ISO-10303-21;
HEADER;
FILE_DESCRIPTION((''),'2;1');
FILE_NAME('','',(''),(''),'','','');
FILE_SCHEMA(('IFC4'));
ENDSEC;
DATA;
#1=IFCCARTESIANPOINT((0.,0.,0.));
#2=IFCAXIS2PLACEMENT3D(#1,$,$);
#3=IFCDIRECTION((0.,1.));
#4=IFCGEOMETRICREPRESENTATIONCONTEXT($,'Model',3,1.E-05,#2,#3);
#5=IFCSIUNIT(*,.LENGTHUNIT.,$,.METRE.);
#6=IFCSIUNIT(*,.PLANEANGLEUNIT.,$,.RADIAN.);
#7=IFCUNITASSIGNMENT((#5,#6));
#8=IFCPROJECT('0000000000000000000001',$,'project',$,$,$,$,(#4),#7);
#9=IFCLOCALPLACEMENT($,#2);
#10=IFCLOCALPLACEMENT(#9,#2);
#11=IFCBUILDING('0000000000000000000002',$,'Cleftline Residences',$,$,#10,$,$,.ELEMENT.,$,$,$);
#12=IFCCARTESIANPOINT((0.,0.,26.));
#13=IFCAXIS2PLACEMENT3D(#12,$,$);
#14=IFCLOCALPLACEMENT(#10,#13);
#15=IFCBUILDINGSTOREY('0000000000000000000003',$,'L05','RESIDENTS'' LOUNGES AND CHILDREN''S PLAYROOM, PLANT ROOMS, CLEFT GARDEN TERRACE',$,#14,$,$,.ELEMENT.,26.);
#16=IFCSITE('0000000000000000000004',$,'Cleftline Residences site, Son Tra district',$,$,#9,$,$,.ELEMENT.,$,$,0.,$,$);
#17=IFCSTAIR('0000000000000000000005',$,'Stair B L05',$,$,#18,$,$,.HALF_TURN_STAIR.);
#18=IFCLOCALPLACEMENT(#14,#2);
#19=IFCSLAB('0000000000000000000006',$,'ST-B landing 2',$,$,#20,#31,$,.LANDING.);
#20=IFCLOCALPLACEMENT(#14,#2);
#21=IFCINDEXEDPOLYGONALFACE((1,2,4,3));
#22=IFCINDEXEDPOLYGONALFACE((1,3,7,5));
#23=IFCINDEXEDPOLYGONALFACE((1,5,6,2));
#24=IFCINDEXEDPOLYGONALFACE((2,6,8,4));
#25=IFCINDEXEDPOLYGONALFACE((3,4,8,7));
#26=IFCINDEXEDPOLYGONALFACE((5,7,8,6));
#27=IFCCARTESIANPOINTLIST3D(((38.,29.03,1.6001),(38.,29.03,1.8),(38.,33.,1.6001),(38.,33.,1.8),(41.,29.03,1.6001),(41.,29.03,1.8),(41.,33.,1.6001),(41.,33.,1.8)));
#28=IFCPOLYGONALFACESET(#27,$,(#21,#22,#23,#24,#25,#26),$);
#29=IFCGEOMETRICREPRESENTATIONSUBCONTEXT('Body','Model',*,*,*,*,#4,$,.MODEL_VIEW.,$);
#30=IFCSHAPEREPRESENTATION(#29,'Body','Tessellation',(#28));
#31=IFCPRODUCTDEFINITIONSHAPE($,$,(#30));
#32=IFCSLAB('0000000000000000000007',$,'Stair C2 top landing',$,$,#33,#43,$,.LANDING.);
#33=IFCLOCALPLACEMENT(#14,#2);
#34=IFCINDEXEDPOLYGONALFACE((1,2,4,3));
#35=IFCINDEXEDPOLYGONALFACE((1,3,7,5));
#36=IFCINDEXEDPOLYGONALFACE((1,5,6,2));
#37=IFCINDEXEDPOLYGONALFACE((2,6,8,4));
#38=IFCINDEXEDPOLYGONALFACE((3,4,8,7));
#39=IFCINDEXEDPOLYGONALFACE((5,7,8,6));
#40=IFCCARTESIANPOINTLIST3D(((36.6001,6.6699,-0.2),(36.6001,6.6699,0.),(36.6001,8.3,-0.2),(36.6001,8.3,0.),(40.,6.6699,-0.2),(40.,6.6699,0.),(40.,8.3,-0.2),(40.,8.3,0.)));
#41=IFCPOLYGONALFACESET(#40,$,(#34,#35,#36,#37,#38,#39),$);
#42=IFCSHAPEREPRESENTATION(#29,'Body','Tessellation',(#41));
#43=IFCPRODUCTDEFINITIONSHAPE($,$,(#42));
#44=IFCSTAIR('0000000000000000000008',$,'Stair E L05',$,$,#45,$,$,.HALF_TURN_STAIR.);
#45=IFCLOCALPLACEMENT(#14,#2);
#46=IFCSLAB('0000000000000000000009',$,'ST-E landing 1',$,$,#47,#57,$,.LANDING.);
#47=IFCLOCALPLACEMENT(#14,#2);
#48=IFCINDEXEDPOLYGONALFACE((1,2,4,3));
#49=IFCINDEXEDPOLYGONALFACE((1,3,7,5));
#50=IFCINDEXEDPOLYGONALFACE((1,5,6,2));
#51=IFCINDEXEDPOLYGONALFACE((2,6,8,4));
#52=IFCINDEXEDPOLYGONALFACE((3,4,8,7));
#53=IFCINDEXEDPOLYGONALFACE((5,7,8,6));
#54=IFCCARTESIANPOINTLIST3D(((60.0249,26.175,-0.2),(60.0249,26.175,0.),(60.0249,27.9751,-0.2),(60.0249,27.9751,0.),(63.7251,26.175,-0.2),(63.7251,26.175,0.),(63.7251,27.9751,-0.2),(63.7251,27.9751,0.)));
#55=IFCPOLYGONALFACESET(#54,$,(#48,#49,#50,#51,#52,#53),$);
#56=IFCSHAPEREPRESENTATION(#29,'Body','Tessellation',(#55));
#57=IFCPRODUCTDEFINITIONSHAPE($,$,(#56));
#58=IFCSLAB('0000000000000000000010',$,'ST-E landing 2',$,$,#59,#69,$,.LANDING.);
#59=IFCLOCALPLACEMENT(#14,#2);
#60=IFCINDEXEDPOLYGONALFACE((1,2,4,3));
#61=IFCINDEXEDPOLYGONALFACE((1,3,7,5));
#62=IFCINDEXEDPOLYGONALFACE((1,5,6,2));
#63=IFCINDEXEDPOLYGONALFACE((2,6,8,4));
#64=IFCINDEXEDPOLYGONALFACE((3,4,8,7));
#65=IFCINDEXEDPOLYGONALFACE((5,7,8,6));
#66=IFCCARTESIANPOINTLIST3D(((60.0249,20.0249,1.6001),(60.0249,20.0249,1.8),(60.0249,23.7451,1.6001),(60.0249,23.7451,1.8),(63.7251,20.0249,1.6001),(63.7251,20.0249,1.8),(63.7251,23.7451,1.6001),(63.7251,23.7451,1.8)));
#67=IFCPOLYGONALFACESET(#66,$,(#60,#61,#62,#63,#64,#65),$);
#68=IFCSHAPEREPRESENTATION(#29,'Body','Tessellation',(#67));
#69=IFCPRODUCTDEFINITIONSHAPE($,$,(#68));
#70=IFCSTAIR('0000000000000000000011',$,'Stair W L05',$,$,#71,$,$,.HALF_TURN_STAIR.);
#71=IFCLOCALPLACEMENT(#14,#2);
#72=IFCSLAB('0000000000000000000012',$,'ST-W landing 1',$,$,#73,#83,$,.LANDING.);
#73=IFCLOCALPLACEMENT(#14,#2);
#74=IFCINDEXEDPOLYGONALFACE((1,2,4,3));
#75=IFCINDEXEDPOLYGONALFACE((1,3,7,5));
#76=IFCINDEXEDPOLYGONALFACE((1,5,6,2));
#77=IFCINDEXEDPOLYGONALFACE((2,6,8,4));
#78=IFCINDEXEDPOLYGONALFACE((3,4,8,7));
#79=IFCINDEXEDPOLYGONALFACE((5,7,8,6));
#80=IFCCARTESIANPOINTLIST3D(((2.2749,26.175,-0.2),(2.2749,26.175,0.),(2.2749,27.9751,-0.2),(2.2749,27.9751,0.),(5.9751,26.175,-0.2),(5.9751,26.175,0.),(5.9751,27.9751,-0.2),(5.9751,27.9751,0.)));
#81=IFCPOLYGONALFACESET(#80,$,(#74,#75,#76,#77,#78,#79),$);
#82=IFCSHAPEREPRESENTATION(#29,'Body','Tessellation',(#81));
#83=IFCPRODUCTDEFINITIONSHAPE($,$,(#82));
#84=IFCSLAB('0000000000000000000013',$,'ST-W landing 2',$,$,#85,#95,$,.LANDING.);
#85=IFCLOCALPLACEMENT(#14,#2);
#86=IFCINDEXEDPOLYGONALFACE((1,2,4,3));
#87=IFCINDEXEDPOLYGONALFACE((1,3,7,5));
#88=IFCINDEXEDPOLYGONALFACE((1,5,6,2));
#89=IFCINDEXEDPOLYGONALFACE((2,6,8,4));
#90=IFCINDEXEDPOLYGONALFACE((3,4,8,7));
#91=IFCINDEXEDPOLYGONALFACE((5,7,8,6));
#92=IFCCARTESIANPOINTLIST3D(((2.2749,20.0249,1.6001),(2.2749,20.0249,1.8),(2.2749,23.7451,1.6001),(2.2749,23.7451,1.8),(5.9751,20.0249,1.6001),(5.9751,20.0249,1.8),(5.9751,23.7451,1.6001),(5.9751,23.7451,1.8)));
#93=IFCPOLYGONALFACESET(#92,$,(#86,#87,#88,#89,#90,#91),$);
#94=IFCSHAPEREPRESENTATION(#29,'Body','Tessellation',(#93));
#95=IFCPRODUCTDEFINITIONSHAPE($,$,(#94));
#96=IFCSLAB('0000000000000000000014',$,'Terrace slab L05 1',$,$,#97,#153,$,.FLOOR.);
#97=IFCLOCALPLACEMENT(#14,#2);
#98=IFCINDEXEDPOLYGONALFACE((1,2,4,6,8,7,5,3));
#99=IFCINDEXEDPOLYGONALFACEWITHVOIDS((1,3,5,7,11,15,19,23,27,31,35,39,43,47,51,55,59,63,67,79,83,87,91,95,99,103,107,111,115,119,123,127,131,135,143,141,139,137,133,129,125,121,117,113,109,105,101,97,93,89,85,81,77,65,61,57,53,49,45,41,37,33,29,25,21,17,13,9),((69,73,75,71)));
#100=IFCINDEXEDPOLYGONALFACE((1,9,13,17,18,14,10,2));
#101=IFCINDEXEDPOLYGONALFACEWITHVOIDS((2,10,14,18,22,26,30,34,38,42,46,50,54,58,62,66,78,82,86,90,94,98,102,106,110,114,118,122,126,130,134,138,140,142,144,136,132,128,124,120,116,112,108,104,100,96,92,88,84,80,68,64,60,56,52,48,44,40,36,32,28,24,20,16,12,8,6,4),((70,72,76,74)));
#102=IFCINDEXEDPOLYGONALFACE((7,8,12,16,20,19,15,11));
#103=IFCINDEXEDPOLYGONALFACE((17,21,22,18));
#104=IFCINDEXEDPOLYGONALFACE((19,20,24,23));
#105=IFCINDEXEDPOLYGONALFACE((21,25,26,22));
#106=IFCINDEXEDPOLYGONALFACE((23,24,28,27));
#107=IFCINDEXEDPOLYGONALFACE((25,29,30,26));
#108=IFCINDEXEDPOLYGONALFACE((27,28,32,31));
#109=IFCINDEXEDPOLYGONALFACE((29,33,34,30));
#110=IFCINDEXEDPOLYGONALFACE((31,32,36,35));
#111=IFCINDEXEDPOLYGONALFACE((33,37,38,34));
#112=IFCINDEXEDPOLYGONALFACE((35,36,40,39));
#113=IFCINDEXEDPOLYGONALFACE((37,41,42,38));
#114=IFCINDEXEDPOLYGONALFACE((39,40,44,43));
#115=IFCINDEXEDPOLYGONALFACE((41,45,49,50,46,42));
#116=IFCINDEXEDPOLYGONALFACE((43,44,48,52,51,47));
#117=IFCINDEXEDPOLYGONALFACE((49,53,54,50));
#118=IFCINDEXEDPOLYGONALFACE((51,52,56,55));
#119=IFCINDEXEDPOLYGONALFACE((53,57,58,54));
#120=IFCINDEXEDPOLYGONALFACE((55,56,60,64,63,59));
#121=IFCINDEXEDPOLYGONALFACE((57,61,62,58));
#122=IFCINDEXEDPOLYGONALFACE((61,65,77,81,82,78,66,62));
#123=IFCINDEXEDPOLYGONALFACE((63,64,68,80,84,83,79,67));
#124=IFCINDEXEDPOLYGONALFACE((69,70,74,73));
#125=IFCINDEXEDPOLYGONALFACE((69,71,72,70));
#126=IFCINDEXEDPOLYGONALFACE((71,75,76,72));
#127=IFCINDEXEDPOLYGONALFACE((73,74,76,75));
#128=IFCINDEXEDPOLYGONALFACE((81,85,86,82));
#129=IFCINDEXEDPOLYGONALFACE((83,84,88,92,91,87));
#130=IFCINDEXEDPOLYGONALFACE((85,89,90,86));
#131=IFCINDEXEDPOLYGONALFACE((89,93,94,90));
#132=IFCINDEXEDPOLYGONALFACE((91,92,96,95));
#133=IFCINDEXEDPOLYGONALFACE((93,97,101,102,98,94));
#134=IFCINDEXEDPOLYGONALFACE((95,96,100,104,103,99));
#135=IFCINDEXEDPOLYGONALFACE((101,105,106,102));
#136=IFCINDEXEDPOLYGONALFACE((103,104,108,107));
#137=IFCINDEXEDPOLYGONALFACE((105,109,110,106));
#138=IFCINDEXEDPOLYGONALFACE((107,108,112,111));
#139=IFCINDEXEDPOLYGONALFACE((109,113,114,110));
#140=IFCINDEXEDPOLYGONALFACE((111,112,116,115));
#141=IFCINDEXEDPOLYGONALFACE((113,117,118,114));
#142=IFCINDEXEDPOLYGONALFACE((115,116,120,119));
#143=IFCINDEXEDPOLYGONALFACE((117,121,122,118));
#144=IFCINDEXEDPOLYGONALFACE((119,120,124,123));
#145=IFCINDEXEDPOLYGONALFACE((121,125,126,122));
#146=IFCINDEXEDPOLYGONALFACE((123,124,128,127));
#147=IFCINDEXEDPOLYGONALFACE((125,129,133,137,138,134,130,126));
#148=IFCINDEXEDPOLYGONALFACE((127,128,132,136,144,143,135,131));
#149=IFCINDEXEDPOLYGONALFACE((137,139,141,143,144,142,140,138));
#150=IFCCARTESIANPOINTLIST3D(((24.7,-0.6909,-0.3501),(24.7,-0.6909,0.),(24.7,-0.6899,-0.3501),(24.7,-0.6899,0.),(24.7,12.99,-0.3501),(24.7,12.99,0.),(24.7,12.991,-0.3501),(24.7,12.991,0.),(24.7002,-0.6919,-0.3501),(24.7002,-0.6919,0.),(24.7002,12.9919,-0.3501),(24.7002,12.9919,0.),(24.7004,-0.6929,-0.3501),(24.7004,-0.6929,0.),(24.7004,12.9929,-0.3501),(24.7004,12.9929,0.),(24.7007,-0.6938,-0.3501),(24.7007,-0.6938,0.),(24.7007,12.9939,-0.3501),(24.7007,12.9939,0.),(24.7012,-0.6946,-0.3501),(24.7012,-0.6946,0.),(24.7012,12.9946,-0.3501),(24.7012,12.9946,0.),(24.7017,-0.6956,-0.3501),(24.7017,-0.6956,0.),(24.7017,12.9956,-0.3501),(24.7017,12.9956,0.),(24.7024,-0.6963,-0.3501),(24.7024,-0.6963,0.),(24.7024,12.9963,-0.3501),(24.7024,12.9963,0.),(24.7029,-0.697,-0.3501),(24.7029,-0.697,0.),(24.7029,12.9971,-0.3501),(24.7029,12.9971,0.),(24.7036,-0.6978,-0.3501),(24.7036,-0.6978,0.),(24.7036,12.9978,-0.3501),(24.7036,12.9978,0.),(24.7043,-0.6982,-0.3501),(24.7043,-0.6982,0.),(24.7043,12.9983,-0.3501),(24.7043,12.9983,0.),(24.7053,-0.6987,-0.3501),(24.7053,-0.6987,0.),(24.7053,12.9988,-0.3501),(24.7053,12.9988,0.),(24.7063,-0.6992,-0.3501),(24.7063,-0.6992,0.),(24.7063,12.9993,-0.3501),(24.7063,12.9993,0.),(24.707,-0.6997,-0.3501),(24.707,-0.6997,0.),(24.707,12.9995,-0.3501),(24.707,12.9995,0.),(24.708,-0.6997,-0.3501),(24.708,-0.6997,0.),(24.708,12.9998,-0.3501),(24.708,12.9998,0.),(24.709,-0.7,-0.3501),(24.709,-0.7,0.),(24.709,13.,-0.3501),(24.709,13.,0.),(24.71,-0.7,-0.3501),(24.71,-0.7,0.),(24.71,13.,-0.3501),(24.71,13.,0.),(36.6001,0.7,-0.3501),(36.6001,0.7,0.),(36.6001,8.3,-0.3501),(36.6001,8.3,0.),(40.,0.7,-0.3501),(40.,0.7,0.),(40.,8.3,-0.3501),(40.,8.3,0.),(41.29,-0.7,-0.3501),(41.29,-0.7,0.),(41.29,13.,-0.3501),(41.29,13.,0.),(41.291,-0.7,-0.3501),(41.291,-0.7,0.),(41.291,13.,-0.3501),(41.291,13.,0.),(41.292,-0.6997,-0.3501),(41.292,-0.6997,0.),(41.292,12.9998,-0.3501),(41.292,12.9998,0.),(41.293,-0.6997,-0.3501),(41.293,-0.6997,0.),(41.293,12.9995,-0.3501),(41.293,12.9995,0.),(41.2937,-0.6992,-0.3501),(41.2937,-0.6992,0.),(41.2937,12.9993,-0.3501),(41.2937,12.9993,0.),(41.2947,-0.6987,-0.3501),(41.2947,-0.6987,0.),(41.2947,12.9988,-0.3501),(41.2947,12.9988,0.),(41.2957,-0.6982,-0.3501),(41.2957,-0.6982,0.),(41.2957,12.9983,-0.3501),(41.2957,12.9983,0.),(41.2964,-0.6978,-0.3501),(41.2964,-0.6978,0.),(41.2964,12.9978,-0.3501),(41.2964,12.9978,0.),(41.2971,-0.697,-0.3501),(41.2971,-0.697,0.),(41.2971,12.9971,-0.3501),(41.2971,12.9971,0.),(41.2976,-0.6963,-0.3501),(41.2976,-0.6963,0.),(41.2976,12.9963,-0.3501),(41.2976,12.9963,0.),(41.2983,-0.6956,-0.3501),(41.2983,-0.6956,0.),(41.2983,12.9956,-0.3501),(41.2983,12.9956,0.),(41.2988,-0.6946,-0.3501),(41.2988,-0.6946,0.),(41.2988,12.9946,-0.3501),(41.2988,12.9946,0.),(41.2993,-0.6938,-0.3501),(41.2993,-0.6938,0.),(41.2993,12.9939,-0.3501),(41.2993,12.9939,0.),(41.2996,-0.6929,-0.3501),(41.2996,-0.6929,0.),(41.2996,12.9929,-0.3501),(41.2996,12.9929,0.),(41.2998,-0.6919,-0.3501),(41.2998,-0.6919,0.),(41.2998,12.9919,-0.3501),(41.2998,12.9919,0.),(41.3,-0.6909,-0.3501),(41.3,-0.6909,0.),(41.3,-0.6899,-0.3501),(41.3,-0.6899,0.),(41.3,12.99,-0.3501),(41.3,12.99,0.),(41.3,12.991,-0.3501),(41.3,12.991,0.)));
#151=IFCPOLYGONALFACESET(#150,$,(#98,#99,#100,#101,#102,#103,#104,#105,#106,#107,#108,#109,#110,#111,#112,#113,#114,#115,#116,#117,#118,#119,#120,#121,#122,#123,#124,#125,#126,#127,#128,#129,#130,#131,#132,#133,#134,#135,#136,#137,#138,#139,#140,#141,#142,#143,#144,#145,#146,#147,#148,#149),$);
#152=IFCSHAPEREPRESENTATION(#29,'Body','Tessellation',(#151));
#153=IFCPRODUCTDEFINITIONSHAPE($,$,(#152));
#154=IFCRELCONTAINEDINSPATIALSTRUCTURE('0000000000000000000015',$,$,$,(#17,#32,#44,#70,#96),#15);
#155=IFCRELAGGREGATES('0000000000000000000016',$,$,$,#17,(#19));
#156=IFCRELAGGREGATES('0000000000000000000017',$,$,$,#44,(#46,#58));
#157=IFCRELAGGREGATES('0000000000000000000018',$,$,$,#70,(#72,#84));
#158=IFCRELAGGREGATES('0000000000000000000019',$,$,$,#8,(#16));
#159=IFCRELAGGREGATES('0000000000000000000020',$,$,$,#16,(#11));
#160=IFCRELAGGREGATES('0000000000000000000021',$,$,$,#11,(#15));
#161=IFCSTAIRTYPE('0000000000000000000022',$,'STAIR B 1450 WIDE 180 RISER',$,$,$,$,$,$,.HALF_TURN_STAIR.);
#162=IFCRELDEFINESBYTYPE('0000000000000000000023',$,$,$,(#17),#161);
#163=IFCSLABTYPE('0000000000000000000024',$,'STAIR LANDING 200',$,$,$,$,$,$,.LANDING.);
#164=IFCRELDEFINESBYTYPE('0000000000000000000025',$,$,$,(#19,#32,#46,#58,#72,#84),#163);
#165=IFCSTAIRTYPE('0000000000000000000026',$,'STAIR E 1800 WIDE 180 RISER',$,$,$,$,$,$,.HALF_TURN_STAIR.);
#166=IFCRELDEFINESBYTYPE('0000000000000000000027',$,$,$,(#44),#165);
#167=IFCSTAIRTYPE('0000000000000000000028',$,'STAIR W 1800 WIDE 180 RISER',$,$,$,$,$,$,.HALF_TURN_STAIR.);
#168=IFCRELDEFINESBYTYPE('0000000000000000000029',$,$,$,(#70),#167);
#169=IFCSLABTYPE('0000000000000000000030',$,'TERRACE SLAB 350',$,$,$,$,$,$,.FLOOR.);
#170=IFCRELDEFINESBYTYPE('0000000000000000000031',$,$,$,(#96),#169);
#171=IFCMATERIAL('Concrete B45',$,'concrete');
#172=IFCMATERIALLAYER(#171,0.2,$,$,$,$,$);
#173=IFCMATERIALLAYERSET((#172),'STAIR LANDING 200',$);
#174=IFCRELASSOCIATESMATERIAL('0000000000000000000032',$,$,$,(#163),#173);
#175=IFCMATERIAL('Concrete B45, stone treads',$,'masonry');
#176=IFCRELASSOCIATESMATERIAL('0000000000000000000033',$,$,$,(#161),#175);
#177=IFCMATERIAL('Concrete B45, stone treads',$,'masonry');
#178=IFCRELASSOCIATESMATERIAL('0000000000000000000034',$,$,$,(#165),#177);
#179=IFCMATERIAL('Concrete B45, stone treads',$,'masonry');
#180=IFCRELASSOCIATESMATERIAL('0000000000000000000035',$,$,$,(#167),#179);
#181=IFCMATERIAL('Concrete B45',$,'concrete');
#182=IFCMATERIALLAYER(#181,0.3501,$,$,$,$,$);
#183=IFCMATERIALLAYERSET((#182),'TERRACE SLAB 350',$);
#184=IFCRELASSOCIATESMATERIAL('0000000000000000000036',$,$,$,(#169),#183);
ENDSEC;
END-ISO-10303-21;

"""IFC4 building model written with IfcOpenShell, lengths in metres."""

from ifc_helpers import new_model, si_unit, direction, frame, origin, place, context, subcontext, project, spatial, polyline, outline, extrude, material, layer, layer_set, type_object, element, aggregate, save


model = new_model("IFC4")

# Units and contexts
model_context = context("Model", 3, precision=1e-05, world=origin(), true_north=direction((0.0, 1.0)))
body_context = subcontext(model_context, "Body", "Model", "MODEL_VIEW")
ifc_project = project(units=[si_unit("LENGTHUNIT", "METRE"), si_unit("PLANEANGLEUNIT", "RADIAN")], contexts=[model_context])

# Site, building, storey
site_placement = place(None, origin())
site = spatial("IfcSite", under=ifc_project, at=site_placement, Name="Cleftline Residences site, Son Tra district", CompositionType="ELEMENT", RefElevation=0.0)
building_placement = place(site_placement, origin())
building = spatial("IfcBuilding", under=site, at=building_placement, Name="Cleftline Residences", CompositionType="ELEMENT")
storey_placement = place(building_placement, frame((0.0, 0.0, 26.0)))
storey = spatial("IfcBuildingStorey", under=building, at=storey_placement, Name="L05", Description="RESIDENTS' LOUNGES AND CHILDREN'S PLAYROOM, PLANT ROOMS, CLEFT GARDEN TERRACE", CompositionType="ELEMENT", Elevation=26.0)

# Stair, slab
ifc_material_1 = material(Name="Concrete B45", Category="concrete")
ifc_layer_1 = layer(ifc_material_1, 0.2)
ifc_layer_set_1 = layer_set([ifc_layer_1], Name="STAIR LANDING 200")
slab_type_1 = type_object("IfcSlabType", Name="STAIR LANDING 200", PredefinedType="LANDING", material=ifc_layer_set_1)
ifc_material_2 = material(Name="Concrete B45, stone treads", Category="masonry")
stair_type_1 = type_object("IfcStairType", Name="STAIR B 1450 WIDE 180 RISER", PredefinedType="HALF_TURN_STAIR", material=ifc_material_2)
stair_1_placement = place(storey_placement, origin())
stair_1 = element("IfcStair", 1, at=stair_1_placement, inside=storey, type_object=stair_type_1, Name="Stair B L05", PredefinedType="HALF_TURN_STAIR")
slab_1_placement = place(storey_placement, frame((0.0, 0.0, 1.6001)))
slab_1 = element("IfcSlab", 2, at=slab_1_placement, type_object=slab_type_1, Name="ST-B landing 2", PredefinedType="LANDING", context=body_context, shape_type="SweptSolid", body=[
    extrude(outline(polyline([(38.0, 29.03), (41.0, 29.03), (41.0, 33.0), (38.0, 33.0), (38.0, 29.03)])), origin(), (0.0, 0.0, 1.0), 0.2),
])
aggregate(stair_1, [slab_1])

# Slab
slab_2_placement = place(storey_placement, frame((0.0, 0.0, -0.2)))
element("IfcSlab", 3, at=slab_2_placement, inside=storey, type_object=slab_type_1, Name="Stair C2 top landing", PredefinedType="LANDING", context=body_context, shape_type="SweptSolid", body=[
    extrude(outline(polyline([(36.6001, 6.6699), (40.0, 6.6699), (40.0, 8.3), (36.6001, 8.3), (36.6001, 6.6699)])), origin(), (0.0, 0.0, 1.0), 0.2),
])

# Stairs, slabs
ifc_material_3 = material(Name="Concrete B45, stone treads", Category="masonry")
stair_type_2 = type_object("IfcStairType", Name="STAIR E 1800 WIDE 180 RISER", PredefinedType="HALF_TURN_STAIR", material=ifc_material_3)
stair_2_placement = place(storey_placement, origin())
stair_2 = element("IfcStair", 4, at=stair_2_placement, inside=storey, type_object=stair_type_2, Name="Stair E L05", PredefinedType="HALF_TURN_STAIR")
slab_3_placement = place(storey_placement, frame((0.0, 0.0, -0.2)))
slab_3 = element("IfcSlab", 5, at=slab_3_placement, type_object=slab_type_1, Name="ST-E landing 1", PredefinedType="LANDING", context=body_context, shape_type="SweptSolid", body=[
    extrude(outline(polyline([(60.0249, 26.175), (63.7251, 26.175), (63.7251, 27.9751), (60.0249, 27.9751), (60.0249, 26.175)])), origin(), (0.0, 0.0, 1.0), 0.2),
])
slab_4_placement = place(storey_placement, frame((0.0, 0.0, 1.6001)))
slab_4 = element("IfcSlab", 6, at=slab_4_placement, type_object=slab_type_1, Name="ST-E landing 2", PredefinedType="LANDING", context=body_context, shape_type="SweptSolid", body=[
    extrude(outline(polyline([(60.0249, 20.0249), (63.7251, 20.0249), (63.7251, 23.7451), (60.0249, 23.7451), (60.0249, 20.0249)])), origin(), (0.0, 0.0, 1.0), 0.2),
])
aggregate(stair_2, [slab_3, slab_4])
ifc_material_4 = material(Name="Concrete B45, stone treads", Category="masonry")
stair_type_3 = type_object("IfcStairType", Name="STAIR W 1800 WIDE 180 RISER", PredefinedType="HALF_TURN_STAIR", material=ifc_material_4)
stair_3_placement = place(storey_placement, origin())
stair_3 = element("IfcStair", 7, at=stair_3_placement, inside=storey, type_object=stair_type_3, Name="Stair W L05", PredefinedType="HALF_TURN_STAIR")
slab_5_placement = place(storey_placement, frame((0.0, 0.0, -0.2)))
slab_5 = element("IfcSlab", 8, at=slab_5_placement, type_object=slab_type_1, Name="ST-W landing 1", PredefinedType="LANDING", context=body_context, shape_type="SweptSolid", body=[
    extrude(outline(polyline([(2.2749, 26.175), (5.9751, 26.175), (5.9751, 27.9751), (2.2749, 27.9751), (2.2749, 26.175)])), origin(), (0.0, 0.0, 1.0), 0.2),
])
slab_6_placement = place(storey_placement, frame((0.0, 0.0, 1.6001)))
slab_6 = element("IfcSlab", 9, at=slab_6_placement, type_object=slab_type_1, Name="ST-W landing 2", PredefinedType="LANDING", context=body_context, shape_type="SweptSolid", body=[
    extrude(outline(polyline([(2.2749, 20.0249), (5.9751, 20.0249), (5.9751, 23.7451), (2.2749, 23.7451), (2.2749, 20.0249)])), origin(), (0.0, 0.0, 1.0), 0.2),
])
aggregate(stair_3, [slab_5, slab_6])

# Slab
ifc_material_5 = material(Name="Concrete B45", Category="concrete")
ifc_layer_2 = layer(ifc_material_5, 0.3501)
ifc_layer_set_2 = layer_set([ifc_layer_2], Name="TERRACE SLAB 350")
slab_type_2 = type_object("IfcSlabType", Name="TERRACE SLAB 350", PredefinedType="FLOOR", material=ifc_layer_set_2)
slab_7_placement = place(storey_placement, frame((0.0, 0.0, -0.3501)))
element("IfcSlab", 10, at=slab_7_placement, inside=storey, type_object=slab_type_2, Name="Terrace slab L05 1", PredefinedType="FLOOR", context=body_context, shape_type="SweptSolid", body=[
    extrude(outline(polyline([(41.29, -0.7), (41.291, -0.7), (41.292, -0.6997), (41.293, -0.6997), (41.2937, -0.6992), (41.2947, -0.6987), (41.2957, -0.6982), (41.2964, -0.6978), (41.2971, -0.697), (41.2976, -0.6963), (41.2983, -0.6956), (41.2988, -0.6946), (41.2993, -0.6938), (41.2996, -0.6929), (41.2998, -0.6919), (41.3, -0.6909), (41.3, -0.6899), (41.3, 12.99), (41.3, 12.991), (41.2998, 12.9919), (41.2996, 12.9929), (41.2993, 12.9939), (41.2988, 12.9946), (41.2983, 12.9956), (41.2976, 12.9963), (41.2971, 12.9971), (41.2964, 12.9978), (41.2957, 12.9983), (41.2947, 12.9988), (41.2937, 12.9993), (41.293, 12.9995), (41.292, 12.9998), (41.291, 13.0), (41.29, 13.0), (24.71, 13.0), (24.709, 13.0), (24.708, 12.9998), (24.707, 12.9995), (24.7063, 12.9993), (24.7053, 12.9988), (24.7043, 12.9983), (24.7036, 12.9978), (24.7029, 12.9971), (24.7024, 12.9963), (24.7017, 12.9956), (24.7012, 12.9946), (24.7007, 12.9939), (24.7004, 12.9929), (24.7002, 12.9919), (24.7, 12.991), (24.7, 12.99), (24.7, -0.6899), (24.7, -0.6909), (24.7002, -0.6919), (24.7004, -0.6929), (24.7007, -0.6938), (24.7012, -0.6946), (24.7017, -0.6956), (24.7024, -0.6963), (24.7029, -0.697), (24.7036, -0.6978), (24.7043, -0.6982), (24.7053, -0.6987), (24.7063, -0.6992), (24.707, -0.6997), (24.708, -0.6997), (24.709, -0.7), (24.71, -0.7), (41.29, -0.7)]), holes=[polyline([(40.0, 0.7), (40.0, 8.3), (36.6001, 8.3), (36.6001, 0.7), (40.0, 0.7)])]), origin(), (0.0, 0.0, 1.0), 0.3501),
])

save(model, "model.ifc")
